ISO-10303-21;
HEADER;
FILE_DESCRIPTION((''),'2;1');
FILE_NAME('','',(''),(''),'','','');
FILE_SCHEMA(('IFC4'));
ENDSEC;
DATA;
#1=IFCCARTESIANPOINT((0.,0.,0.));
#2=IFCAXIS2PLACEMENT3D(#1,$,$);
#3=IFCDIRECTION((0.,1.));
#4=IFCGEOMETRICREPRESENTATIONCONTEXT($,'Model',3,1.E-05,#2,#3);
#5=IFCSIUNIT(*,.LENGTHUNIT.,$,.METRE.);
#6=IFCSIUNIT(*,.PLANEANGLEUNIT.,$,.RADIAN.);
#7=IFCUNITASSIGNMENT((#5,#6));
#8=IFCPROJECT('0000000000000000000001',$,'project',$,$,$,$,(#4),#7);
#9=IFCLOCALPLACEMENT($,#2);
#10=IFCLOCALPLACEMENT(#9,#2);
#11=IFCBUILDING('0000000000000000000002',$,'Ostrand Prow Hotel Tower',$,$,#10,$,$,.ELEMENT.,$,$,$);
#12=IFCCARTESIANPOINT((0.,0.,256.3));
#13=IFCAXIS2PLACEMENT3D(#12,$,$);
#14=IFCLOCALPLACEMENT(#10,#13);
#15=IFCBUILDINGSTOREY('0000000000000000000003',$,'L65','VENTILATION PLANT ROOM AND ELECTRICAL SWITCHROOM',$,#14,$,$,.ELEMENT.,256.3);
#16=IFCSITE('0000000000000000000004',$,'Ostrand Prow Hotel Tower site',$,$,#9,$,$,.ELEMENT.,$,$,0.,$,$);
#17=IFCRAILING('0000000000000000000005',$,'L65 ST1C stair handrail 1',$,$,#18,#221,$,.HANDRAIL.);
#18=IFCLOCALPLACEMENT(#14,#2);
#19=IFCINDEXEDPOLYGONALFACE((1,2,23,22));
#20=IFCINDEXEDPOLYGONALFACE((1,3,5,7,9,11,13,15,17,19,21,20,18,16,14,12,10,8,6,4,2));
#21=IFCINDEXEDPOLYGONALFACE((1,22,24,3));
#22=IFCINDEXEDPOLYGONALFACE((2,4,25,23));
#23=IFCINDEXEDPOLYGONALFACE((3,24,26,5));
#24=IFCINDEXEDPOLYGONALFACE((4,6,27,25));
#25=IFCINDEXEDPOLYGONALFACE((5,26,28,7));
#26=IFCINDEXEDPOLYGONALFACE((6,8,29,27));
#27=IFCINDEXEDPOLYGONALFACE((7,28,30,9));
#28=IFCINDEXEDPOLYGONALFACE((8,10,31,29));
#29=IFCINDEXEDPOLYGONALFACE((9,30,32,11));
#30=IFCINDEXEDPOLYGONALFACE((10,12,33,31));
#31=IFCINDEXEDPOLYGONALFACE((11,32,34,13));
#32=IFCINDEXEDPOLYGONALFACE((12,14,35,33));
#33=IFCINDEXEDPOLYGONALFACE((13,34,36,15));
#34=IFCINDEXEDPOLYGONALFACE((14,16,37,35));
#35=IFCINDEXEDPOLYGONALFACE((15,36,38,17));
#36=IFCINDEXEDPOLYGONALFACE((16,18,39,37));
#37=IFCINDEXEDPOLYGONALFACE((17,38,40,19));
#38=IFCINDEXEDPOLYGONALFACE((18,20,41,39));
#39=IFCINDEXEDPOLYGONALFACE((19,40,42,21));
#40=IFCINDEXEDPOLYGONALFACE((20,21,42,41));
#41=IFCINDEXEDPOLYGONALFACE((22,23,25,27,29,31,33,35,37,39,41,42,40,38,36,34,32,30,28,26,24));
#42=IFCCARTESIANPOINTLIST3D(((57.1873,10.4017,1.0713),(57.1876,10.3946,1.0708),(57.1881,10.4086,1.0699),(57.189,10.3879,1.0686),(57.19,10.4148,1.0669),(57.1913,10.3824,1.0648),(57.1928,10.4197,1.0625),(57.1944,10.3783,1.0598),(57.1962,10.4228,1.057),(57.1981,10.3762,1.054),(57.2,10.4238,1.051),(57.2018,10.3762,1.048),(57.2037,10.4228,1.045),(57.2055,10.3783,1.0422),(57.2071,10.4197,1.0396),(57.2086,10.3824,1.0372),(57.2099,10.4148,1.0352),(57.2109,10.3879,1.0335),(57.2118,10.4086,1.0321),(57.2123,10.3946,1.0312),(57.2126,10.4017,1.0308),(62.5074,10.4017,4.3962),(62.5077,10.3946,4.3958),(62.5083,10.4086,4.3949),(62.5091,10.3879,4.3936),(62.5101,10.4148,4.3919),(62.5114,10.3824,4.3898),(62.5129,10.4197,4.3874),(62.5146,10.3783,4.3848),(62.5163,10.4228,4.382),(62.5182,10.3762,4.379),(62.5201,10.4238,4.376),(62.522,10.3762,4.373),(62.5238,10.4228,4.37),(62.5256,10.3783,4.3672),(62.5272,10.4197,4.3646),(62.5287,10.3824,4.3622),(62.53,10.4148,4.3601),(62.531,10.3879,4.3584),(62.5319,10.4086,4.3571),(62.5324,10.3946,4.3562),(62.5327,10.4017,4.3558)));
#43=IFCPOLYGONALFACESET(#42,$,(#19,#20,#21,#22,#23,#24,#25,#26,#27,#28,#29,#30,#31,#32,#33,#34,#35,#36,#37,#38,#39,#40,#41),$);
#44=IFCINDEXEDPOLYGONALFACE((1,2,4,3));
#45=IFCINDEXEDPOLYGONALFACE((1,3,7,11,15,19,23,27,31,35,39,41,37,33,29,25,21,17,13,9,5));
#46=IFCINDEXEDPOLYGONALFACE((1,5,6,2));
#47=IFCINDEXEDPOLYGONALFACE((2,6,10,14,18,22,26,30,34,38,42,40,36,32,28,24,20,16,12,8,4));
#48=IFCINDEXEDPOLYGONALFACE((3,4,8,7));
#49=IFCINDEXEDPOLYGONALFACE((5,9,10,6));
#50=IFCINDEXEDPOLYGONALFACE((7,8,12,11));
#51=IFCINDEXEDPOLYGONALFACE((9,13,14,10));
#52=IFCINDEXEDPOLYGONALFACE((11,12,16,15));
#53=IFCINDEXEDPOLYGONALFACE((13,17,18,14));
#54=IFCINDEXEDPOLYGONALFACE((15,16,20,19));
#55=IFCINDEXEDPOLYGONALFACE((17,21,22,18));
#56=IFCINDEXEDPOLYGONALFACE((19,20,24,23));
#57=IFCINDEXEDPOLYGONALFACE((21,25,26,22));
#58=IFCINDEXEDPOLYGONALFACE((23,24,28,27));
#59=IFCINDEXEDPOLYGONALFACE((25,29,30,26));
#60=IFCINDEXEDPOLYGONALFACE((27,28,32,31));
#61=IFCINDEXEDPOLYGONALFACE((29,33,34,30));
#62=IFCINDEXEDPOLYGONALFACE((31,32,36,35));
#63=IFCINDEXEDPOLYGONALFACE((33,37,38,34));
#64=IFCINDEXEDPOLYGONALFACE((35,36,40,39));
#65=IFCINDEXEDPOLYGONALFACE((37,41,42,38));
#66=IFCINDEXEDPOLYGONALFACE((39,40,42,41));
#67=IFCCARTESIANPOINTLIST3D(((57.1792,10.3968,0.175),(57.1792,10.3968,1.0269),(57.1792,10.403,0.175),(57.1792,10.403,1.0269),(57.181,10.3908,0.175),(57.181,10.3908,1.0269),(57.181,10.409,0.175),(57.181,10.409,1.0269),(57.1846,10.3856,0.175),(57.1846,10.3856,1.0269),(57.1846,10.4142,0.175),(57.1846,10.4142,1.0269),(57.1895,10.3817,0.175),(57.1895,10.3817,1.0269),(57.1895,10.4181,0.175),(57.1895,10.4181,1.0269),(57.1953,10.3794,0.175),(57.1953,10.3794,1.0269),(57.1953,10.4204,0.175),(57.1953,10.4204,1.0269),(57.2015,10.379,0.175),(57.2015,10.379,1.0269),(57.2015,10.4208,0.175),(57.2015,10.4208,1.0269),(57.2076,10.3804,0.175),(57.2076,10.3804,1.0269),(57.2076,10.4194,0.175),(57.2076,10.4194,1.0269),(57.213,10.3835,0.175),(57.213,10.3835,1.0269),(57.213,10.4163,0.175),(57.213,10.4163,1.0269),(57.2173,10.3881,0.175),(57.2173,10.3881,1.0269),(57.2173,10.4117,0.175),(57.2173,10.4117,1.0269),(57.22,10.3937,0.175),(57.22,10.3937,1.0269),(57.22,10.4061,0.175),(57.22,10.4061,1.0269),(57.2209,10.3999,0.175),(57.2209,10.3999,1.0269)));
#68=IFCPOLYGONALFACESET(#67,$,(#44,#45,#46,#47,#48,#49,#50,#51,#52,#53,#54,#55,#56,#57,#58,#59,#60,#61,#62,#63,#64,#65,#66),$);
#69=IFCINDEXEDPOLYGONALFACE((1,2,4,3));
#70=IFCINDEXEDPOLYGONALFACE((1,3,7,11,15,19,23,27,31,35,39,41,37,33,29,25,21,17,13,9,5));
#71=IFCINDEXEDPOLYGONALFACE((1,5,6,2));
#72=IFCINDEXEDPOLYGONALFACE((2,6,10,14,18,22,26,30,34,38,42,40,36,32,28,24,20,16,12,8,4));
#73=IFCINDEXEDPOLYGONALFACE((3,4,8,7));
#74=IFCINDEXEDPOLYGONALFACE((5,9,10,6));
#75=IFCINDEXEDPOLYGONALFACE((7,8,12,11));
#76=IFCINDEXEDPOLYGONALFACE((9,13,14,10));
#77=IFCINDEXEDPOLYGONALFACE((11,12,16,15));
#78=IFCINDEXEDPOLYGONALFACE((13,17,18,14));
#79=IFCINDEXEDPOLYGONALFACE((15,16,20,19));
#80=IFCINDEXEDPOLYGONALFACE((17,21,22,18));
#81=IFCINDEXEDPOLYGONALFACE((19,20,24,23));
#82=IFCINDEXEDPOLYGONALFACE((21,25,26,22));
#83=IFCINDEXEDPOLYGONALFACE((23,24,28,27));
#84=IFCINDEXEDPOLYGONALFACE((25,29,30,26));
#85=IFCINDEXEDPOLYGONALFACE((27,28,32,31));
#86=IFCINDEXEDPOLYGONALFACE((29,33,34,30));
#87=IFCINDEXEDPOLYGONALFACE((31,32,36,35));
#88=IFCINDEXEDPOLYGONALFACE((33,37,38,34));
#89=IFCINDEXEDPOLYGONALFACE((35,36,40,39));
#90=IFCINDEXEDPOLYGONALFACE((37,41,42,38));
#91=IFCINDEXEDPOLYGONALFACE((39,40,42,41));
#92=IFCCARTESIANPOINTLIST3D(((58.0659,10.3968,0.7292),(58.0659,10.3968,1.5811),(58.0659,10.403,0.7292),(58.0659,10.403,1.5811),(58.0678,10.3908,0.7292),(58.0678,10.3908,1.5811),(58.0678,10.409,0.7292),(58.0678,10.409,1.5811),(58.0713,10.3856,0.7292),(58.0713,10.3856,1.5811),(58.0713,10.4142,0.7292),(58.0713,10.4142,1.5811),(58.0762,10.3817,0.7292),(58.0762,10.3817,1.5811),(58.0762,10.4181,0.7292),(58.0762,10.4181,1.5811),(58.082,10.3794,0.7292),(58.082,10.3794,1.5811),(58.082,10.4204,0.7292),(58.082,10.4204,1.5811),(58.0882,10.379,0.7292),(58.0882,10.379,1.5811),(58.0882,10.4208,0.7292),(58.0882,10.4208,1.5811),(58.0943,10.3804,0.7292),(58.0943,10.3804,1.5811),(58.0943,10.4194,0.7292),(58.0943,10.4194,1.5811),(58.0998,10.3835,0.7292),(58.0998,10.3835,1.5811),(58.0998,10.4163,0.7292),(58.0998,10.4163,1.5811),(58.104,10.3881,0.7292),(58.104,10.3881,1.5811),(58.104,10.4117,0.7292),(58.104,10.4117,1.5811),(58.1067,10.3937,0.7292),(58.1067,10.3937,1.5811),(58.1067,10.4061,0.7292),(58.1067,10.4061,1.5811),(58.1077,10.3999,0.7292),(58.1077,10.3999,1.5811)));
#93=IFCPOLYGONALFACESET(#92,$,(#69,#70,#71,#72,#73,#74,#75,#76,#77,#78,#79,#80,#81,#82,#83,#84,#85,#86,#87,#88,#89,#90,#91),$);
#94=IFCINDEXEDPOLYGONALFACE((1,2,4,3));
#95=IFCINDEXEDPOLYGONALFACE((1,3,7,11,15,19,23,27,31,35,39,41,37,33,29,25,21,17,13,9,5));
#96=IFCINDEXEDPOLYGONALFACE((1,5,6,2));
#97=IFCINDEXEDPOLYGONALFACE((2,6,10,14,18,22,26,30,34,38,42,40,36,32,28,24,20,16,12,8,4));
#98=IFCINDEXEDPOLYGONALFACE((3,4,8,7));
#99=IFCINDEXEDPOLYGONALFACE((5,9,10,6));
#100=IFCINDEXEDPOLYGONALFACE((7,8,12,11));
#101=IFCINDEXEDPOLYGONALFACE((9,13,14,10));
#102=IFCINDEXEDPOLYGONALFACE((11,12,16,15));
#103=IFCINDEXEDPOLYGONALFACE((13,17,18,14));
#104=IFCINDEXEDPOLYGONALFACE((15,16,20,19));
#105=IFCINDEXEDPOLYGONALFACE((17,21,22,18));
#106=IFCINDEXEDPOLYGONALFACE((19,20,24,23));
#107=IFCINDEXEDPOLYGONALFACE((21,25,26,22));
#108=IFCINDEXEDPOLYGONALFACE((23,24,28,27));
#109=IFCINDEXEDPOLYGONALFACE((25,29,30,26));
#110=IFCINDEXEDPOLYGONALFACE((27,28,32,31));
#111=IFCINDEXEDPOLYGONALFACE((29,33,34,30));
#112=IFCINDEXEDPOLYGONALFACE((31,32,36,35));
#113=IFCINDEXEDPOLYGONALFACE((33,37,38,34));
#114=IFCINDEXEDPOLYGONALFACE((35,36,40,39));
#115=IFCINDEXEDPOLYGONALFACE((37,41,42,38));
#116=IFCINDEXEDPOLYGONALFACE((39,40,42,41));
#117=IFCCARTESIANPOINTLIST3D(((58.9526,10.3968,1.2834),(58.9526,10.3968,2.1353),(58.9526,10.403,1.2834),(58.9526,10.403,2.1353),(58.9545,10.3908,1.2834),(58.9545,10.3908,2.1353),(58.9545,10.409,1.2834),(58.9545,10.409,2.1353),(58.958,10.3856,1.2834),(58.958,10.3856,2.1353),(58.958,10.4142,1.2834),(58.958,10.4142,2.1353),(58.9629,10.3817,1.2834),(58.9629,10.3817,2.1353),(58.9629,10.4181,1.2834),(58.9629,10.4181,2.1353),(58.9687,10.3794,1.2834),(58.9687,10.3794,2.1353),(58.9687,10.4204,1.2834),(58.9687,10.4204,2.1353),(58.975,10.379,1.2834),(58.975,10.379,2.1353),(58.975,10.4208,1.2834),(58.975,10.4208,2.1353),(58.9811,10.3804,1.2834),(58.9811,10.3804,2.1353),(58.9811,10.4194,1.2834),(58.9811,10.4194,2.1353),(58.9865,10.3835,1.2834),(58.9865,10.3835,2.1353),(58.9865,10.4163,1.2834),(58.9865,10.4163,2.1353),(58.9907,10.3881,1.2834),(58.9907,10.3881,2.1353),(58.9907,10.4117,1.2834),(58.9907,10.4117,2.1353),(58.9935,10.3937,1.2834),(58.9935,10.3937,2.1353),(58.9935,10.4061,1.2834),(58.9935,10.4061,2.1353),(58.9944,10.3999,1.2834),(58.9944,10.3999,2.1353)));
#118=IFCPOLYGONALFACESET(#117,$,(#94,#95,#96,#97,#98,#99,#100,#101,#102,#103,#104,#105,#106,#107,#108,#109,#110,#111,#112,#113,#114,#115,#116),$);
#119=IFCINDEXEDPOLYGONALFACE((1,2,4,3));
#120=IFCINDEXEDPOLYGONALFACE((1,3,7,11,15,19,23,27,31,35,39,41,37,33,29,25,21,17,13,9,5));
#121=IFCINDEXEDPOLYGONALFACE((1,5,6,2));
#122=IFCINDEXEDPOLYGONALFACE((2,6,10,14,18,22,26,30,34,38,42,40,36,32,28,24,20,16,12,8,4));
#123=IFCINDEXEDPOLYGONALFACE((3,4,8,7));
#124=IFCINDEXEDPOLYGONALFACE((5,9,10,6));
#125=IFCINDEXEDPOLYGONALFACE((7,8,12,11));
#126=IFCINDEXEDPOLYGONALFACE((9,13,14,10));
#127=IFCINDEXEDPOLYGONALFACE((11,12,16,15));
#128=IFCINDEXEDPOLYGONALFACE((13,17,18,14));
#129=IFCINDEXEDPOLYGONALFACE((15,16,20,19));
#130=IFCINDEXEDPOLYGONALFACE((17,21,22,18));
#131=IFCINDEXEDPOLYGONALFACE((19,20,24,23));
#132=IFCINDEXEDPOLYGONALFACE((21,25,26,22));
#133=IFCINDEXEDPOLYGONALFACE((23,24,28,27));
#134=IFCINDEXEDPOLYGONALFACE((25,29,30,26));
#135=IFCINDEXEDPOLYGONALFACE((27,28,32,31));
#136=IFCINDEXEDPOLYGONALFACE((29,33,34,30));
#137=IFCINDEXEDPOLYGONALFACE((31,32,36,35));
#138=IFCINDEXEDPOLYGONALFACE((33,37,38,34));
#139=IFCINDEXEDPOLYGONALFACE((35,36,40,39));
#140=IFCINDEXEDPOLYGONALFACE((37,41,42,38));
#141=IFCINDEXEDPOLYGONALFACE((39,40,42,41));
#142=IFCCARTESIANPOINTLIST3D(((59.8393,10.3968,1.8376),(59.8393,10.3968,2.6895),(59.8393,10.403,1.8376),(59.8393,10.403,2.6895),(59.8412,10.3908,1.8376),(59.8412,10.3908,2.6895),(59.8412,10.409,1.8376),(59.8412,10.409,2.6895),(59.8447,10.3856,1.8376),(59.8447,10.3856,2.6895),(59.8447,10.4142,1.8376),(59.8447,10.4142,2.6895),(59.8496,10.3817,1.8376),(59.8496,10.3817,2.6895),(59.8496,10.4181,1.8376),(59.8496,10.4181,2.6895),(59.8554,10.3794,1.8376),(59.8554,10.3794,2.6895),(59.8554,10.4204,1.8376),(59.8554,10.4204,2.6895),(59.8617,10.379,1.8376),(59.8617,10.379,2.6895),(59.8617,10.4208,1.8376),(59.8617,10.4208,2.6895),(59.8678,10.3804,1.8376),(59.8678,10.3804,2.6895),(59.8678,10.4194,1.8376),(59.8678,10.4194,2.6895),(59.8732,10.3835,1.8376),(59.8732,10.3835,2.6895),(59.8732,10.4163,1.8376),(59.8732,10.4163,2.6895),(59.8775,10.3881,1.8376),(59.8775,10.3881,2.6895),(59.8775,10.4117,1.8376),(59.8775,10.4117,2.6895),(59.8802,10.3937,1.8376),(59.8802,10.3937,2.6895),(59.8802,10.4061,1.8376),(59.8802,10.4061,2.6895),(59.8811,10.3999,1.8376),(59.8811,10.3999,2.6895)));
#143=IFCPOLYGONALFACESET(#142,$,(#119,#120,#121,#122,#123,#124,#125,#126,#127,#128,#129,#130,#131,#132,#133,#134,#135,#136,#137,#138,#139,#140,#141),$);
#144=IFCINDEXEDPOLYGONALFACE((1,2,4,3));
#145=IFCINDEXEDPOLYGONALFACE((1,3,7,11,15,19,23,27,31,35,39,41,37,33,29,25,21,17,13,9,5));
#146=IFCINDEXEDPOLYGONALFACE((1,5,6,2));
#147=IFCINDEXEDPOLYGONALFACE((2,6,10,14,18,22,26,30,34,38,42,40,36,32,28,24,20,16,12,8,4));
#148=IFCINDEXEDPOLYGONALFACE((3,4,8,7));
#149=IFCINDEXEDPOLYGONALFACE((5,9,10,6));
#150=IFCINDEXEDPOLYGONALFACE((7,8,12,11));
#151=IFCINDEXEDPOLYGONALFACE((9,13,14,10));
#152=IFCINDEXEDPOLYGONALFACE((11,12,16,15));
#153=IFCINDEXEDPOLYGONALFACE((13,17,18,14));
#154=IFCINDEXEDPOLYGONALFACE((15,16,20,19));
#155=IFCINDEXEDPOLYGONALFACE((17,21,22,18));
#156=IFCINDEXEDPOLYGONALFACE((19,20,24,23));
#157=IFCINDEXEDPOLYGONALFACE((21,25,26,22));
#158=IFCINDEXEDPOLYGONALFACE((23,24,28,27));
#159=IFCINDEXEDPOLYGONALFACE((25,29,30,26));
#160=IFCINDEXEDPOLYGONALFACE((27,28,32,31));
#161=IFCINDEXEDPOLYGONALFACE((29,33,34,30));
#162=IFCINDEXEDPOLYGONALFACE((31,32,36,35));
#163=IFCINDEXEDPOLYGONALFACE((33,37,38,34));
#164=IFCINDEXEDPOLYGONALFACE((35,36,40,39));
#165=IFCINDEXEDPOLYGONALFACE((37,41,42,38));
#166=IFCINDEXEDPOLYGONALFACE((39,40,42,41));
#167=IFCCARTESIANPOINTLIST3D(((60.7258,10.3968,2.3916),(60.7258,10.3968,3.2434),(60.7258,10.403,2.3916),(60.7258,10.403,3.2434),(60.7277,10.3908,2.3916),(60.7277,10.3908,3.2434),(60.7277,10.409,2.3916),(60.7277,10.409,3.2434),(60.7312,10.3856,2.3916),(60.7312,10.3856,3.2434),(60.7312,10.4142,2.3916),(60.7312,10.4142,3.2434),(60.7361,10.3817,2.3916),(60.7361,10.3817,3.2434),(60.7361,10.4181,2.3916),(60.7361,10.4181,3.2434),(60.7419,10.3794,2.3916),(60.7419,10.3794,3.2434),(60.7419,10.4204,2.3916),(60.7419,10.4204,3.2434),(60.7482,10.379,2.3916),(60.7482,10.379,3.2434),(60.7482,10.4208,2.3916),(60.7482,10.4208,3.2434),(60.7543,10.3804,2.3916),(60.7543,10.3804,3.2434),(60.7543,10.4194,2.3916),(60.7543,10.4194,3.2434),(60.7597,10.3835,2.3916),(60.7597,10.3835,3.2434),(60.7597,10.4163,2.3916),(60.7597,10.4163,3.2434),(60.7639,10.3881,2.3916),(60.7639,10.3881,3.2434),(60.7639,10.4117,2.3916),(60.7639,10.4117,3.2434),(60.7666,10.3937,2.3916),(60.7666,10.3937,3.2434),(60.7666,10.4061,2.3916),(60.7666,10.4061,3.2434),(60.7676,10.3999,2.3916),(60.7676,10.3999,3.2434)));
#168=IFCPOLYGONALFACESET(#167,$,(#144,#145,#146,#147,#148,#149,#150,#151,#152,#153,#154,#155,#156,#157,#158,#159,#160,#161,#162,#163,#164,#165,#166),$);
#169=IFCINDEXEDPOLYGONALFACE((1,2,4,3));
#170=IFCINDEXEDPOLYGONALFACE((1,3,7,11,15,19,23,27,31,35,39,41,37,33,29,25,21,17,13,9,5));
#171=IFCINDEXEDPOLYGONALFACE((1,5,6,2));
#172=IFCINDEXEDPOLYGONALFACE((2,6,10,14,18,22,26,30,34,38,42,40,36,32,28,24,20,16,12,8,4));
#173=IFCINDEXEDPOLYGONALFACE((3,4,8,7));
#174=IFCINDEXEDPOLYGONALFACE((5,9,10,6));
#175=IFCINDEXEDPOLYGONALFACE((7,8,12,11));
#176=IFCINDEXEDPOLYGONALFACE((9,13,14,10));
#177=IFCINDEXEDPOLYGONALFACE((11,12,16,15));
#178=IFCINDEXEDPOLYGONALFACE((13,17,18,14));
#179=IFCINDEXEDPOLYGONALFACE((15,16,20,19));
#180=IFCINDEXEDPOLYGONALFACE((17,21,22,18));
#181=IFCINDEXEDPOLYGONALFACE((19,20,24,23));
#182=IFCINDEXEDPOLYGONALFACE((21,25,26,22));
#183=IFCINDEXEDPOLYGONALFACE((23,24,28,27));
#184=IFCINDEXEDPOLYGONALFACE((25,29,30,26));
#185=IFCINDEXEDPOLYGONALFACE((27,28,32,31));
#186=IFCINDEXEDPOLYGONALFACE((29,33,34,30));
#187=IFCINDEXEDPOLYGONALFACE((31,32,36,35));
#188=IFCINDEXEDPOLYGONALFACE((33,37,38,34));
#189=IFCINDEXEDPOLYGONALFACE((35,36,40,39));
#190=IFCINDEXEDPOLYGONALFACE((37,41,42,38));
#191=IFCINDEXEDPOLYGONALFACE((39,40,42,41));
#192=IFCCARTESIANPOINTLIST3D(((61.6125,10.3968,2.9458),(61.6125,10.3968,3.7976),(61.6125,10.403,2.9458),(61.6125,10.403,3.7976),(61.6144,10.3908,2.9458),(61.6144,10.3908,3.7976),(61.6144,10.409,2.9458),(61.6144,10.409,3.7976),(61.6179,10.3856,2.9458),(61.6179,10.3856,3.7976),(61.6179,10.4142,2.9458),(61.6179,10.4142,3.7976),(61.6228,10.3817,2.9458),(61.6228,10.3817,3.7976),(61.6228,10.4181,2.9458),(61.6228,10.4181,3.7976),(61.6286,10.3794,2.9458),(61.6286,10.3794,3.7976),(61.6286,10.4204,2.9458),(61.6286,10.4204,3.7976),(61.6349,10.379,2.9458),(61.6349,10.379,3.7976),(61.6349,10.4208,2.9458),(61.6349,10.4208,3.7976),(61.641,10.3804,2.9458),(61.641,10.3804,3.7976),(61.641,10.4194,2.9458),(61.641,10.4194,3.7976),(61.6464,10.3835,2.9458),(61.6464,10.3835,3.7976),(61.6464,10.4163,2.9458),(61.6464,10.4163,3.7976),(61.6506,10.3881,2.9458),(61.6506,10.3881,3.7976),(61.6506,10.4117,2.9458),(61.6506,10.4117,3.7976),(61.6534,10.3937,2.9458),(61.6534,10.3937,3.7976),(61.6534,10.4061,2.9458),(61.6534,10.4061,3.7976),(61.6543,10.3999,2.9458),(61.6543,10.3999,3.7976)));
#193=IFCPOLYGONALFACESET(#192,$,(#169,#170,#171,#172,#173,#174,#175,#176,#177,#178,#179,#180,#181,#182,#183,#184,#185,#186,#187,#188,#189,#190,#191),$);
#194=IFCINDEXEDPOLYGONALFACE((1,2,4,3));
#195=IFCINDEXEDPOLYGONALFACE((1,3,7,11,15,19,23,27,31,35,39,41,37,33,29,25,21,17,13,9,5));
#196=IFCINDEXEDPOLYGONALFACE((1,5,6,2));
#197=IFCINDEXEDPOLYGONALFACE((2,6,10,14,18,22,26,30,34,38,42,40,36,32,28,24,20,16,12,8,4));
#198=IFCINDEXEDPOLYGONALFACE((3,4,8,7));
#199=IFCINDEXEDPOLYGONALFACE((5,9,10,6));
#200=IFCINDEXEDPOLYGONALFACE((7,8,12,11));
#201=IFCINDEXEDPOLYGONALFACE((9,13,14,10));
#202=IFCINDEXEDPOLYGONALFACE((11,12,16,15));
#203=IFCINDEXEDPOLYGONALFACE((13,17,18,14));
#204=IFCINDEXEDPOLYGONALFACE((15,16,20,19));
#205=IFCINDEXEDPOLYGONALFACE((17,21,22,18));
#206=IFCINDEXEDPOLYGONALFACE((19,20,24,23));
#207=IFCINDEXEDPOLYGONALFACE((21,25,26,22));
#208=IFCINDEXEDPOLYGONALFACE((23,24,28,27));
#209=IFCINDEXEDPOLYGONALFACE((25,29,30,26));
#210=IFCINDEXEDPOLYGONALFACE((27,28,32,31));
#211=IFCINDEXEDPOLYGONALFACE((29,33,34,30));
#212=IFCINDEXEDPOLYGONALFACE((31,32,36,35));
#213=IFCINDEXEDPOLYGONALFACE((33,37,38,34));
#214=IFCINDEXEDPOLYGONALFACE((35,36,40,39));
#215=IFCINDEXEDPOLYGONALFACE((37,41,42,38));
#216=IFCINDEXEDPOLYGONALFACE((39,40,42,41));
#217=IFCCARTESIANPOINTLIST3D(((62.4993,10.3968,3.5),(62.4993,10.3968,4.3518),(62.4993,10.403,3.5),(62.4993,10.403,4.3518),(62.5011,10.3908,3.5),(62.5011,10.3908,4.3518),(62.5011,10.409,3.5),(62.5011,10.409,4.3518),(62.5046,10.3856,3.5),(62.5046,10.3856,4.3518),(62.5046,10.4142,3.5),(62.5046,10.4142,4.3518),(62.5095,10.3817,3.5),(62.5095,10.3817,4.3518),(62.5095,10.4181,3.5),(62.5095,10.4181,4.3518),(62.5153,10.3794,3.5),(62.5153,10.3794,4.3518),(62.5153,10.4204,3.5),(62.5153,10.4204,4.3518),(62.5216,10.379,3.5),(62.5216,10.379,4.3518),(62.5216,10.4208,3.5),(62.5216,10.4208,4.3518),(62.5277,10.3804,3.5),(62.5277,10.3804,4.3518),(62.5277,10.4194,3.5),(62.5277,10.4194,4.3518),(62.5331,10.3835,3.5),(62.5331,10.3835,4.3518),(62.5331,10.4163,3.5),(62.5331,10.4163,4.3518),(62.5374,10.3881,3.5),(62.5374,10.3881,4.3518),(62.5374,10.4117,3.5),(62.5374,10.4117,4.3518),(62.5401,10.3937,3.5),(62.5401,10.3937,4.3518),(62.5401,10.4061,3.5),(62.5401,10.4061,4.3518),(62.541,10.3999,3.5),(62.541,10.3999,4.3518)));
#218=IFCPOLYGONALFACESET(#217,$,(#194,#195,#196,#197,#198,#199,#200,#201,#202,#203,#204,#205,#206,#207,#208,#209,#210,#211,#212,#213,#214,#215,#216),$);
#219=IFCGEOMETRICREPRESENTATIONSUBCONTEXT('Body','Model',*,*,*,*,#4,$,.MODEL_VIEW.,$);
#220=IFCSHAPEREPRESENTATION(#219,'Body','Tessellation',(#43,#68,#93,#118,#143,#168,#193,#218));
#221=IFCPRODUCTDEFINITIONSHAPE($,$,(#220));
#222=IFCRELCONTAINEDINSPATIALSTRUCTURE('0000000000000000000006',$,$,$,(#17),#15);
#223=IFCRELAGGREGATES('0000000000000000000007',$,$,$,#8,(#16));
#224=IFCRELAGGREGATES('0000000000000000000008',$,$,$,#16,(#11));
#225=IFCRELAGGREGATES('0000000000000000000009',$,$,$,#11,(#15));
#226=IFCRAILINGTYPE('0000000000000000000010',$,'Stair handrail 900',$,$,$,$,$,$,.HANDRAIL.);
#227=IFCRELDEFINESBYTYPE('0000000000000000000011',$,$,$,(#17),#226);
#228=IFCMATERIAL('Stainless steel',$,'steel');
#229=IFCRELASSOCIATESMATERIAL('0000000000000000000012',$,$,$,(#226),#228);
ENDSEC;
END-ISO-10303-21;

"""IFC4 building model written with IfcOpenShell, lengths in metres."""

from ifc_helpers import new_model, si_unit, direction, frame, origin, origin_2d, place, context, subcontext, project, spatial, circle, extrude, material, type_object, element, save


model = new_model("IFC4")

# Units and contexts
model_context = context("Model", 3, precision=1e-05, world=origin(), true_north=direction((0.0, 1.0)))
body_context = subcontext(model_context, "Body", "Model", "MODEL_VIEW")
ifc_project = project(units=[si_unit("LENGTHUNIT", "METRE"), si_unit("PLANEANGLEUNIT", "RADIAN")], contexts=[model_context])

# Site, building, storey
site_placement = place(None, origin())
site = spatial("IfcSite", under=ifc_project, at=site_placement, Name="Ostrand Prow Hotel Tower site", CompositionType="ELEMENT", RefElevation=0.0)
building_placement = place(site_placement, origin())
building = spatial("IfcBuilding", under=site, at=building_placement, Name="Ostrand Prow Hotel Tower", CompositionType="ELEMENT")
storey_placement = place(building_placement, frame((0.0, 0.0, 256.3)))
storey = spatial("IfcBuildingStorey", under=building, at=storey_placement, Name="L65", Description="VENTILATION PLANT ROOM AND ELECTRICAL SWITCHROOM", CompositionType="ELEMENT", Elevation=256.3)

# Railing
ifc_material_1 = material(Name="Stainless steel", Category="steel")
railing_type_1 = type_object("IfcRailingType", Name="Stair handrail 900", PredefinedType="HANDRAIL", material=ifc_material_1)
railing_1_placement = place(storey_placement, frame((57.2, 10.3999, 0.175)))
element("IfcRailing", 1, at=railing_1_placement, inside=storey, type_object=railing_type_1, Name="L65 ST1C stair handrail 1", PredefinedType="HANDRAIL", context=body_context, shape_type="SweptSolid", body=[
    extrude(circle(Radius=0.0239, at=origin_2d()), frame((0.0, 0.0, 0.876), z_axis=(0.848005, 0.0, 0.529988), x_axis=(0.0, 1.0, 0.0)), (0.0, 0.0, 1.0), 6.2737),
    extrude(circle(Radius=0.021, at=origin_2d()), origin(), (0.0, 0.0, 1.0), 0.8518),
    extrude(circle(Radius=0.021, at=origin_2d()), frame((0.8867, 0.0, 0.5542)), (0.0, 0.0, 1.0), 0.8518),
    extrude(circle(Radius=0.021, at=origin_2d()), frame((1.7734, 0.0, 1.1084)), (0.0, 0.0, 1.0), 0.8518),
    extrude(circle(Radius=0.021, at=origin_2d()), frame((2.6602, 0.0, 1.6626)), (0.0, 0.0, 1.0), 0.8518),
    extrude(circle(Radius=0.021, at=origin_2d()), frame((3.5466, 0.0, 2.2166)), (0.0, 0.0, 1.0), 0.8518),
    extrude(circle(Radius=0.021, at=origin_2d()), frame((4.4333, 0.0, 2.7708)), (0.0, 0.0, 1.0), 0.8518),
    extrude(circle(Radius=0.021, at=origin_2d()), frame((5.3201, 0.0, 3.325)), (0.0, 0.0, 1.0), 0.8518),
])

save(model, "model.ifc")
